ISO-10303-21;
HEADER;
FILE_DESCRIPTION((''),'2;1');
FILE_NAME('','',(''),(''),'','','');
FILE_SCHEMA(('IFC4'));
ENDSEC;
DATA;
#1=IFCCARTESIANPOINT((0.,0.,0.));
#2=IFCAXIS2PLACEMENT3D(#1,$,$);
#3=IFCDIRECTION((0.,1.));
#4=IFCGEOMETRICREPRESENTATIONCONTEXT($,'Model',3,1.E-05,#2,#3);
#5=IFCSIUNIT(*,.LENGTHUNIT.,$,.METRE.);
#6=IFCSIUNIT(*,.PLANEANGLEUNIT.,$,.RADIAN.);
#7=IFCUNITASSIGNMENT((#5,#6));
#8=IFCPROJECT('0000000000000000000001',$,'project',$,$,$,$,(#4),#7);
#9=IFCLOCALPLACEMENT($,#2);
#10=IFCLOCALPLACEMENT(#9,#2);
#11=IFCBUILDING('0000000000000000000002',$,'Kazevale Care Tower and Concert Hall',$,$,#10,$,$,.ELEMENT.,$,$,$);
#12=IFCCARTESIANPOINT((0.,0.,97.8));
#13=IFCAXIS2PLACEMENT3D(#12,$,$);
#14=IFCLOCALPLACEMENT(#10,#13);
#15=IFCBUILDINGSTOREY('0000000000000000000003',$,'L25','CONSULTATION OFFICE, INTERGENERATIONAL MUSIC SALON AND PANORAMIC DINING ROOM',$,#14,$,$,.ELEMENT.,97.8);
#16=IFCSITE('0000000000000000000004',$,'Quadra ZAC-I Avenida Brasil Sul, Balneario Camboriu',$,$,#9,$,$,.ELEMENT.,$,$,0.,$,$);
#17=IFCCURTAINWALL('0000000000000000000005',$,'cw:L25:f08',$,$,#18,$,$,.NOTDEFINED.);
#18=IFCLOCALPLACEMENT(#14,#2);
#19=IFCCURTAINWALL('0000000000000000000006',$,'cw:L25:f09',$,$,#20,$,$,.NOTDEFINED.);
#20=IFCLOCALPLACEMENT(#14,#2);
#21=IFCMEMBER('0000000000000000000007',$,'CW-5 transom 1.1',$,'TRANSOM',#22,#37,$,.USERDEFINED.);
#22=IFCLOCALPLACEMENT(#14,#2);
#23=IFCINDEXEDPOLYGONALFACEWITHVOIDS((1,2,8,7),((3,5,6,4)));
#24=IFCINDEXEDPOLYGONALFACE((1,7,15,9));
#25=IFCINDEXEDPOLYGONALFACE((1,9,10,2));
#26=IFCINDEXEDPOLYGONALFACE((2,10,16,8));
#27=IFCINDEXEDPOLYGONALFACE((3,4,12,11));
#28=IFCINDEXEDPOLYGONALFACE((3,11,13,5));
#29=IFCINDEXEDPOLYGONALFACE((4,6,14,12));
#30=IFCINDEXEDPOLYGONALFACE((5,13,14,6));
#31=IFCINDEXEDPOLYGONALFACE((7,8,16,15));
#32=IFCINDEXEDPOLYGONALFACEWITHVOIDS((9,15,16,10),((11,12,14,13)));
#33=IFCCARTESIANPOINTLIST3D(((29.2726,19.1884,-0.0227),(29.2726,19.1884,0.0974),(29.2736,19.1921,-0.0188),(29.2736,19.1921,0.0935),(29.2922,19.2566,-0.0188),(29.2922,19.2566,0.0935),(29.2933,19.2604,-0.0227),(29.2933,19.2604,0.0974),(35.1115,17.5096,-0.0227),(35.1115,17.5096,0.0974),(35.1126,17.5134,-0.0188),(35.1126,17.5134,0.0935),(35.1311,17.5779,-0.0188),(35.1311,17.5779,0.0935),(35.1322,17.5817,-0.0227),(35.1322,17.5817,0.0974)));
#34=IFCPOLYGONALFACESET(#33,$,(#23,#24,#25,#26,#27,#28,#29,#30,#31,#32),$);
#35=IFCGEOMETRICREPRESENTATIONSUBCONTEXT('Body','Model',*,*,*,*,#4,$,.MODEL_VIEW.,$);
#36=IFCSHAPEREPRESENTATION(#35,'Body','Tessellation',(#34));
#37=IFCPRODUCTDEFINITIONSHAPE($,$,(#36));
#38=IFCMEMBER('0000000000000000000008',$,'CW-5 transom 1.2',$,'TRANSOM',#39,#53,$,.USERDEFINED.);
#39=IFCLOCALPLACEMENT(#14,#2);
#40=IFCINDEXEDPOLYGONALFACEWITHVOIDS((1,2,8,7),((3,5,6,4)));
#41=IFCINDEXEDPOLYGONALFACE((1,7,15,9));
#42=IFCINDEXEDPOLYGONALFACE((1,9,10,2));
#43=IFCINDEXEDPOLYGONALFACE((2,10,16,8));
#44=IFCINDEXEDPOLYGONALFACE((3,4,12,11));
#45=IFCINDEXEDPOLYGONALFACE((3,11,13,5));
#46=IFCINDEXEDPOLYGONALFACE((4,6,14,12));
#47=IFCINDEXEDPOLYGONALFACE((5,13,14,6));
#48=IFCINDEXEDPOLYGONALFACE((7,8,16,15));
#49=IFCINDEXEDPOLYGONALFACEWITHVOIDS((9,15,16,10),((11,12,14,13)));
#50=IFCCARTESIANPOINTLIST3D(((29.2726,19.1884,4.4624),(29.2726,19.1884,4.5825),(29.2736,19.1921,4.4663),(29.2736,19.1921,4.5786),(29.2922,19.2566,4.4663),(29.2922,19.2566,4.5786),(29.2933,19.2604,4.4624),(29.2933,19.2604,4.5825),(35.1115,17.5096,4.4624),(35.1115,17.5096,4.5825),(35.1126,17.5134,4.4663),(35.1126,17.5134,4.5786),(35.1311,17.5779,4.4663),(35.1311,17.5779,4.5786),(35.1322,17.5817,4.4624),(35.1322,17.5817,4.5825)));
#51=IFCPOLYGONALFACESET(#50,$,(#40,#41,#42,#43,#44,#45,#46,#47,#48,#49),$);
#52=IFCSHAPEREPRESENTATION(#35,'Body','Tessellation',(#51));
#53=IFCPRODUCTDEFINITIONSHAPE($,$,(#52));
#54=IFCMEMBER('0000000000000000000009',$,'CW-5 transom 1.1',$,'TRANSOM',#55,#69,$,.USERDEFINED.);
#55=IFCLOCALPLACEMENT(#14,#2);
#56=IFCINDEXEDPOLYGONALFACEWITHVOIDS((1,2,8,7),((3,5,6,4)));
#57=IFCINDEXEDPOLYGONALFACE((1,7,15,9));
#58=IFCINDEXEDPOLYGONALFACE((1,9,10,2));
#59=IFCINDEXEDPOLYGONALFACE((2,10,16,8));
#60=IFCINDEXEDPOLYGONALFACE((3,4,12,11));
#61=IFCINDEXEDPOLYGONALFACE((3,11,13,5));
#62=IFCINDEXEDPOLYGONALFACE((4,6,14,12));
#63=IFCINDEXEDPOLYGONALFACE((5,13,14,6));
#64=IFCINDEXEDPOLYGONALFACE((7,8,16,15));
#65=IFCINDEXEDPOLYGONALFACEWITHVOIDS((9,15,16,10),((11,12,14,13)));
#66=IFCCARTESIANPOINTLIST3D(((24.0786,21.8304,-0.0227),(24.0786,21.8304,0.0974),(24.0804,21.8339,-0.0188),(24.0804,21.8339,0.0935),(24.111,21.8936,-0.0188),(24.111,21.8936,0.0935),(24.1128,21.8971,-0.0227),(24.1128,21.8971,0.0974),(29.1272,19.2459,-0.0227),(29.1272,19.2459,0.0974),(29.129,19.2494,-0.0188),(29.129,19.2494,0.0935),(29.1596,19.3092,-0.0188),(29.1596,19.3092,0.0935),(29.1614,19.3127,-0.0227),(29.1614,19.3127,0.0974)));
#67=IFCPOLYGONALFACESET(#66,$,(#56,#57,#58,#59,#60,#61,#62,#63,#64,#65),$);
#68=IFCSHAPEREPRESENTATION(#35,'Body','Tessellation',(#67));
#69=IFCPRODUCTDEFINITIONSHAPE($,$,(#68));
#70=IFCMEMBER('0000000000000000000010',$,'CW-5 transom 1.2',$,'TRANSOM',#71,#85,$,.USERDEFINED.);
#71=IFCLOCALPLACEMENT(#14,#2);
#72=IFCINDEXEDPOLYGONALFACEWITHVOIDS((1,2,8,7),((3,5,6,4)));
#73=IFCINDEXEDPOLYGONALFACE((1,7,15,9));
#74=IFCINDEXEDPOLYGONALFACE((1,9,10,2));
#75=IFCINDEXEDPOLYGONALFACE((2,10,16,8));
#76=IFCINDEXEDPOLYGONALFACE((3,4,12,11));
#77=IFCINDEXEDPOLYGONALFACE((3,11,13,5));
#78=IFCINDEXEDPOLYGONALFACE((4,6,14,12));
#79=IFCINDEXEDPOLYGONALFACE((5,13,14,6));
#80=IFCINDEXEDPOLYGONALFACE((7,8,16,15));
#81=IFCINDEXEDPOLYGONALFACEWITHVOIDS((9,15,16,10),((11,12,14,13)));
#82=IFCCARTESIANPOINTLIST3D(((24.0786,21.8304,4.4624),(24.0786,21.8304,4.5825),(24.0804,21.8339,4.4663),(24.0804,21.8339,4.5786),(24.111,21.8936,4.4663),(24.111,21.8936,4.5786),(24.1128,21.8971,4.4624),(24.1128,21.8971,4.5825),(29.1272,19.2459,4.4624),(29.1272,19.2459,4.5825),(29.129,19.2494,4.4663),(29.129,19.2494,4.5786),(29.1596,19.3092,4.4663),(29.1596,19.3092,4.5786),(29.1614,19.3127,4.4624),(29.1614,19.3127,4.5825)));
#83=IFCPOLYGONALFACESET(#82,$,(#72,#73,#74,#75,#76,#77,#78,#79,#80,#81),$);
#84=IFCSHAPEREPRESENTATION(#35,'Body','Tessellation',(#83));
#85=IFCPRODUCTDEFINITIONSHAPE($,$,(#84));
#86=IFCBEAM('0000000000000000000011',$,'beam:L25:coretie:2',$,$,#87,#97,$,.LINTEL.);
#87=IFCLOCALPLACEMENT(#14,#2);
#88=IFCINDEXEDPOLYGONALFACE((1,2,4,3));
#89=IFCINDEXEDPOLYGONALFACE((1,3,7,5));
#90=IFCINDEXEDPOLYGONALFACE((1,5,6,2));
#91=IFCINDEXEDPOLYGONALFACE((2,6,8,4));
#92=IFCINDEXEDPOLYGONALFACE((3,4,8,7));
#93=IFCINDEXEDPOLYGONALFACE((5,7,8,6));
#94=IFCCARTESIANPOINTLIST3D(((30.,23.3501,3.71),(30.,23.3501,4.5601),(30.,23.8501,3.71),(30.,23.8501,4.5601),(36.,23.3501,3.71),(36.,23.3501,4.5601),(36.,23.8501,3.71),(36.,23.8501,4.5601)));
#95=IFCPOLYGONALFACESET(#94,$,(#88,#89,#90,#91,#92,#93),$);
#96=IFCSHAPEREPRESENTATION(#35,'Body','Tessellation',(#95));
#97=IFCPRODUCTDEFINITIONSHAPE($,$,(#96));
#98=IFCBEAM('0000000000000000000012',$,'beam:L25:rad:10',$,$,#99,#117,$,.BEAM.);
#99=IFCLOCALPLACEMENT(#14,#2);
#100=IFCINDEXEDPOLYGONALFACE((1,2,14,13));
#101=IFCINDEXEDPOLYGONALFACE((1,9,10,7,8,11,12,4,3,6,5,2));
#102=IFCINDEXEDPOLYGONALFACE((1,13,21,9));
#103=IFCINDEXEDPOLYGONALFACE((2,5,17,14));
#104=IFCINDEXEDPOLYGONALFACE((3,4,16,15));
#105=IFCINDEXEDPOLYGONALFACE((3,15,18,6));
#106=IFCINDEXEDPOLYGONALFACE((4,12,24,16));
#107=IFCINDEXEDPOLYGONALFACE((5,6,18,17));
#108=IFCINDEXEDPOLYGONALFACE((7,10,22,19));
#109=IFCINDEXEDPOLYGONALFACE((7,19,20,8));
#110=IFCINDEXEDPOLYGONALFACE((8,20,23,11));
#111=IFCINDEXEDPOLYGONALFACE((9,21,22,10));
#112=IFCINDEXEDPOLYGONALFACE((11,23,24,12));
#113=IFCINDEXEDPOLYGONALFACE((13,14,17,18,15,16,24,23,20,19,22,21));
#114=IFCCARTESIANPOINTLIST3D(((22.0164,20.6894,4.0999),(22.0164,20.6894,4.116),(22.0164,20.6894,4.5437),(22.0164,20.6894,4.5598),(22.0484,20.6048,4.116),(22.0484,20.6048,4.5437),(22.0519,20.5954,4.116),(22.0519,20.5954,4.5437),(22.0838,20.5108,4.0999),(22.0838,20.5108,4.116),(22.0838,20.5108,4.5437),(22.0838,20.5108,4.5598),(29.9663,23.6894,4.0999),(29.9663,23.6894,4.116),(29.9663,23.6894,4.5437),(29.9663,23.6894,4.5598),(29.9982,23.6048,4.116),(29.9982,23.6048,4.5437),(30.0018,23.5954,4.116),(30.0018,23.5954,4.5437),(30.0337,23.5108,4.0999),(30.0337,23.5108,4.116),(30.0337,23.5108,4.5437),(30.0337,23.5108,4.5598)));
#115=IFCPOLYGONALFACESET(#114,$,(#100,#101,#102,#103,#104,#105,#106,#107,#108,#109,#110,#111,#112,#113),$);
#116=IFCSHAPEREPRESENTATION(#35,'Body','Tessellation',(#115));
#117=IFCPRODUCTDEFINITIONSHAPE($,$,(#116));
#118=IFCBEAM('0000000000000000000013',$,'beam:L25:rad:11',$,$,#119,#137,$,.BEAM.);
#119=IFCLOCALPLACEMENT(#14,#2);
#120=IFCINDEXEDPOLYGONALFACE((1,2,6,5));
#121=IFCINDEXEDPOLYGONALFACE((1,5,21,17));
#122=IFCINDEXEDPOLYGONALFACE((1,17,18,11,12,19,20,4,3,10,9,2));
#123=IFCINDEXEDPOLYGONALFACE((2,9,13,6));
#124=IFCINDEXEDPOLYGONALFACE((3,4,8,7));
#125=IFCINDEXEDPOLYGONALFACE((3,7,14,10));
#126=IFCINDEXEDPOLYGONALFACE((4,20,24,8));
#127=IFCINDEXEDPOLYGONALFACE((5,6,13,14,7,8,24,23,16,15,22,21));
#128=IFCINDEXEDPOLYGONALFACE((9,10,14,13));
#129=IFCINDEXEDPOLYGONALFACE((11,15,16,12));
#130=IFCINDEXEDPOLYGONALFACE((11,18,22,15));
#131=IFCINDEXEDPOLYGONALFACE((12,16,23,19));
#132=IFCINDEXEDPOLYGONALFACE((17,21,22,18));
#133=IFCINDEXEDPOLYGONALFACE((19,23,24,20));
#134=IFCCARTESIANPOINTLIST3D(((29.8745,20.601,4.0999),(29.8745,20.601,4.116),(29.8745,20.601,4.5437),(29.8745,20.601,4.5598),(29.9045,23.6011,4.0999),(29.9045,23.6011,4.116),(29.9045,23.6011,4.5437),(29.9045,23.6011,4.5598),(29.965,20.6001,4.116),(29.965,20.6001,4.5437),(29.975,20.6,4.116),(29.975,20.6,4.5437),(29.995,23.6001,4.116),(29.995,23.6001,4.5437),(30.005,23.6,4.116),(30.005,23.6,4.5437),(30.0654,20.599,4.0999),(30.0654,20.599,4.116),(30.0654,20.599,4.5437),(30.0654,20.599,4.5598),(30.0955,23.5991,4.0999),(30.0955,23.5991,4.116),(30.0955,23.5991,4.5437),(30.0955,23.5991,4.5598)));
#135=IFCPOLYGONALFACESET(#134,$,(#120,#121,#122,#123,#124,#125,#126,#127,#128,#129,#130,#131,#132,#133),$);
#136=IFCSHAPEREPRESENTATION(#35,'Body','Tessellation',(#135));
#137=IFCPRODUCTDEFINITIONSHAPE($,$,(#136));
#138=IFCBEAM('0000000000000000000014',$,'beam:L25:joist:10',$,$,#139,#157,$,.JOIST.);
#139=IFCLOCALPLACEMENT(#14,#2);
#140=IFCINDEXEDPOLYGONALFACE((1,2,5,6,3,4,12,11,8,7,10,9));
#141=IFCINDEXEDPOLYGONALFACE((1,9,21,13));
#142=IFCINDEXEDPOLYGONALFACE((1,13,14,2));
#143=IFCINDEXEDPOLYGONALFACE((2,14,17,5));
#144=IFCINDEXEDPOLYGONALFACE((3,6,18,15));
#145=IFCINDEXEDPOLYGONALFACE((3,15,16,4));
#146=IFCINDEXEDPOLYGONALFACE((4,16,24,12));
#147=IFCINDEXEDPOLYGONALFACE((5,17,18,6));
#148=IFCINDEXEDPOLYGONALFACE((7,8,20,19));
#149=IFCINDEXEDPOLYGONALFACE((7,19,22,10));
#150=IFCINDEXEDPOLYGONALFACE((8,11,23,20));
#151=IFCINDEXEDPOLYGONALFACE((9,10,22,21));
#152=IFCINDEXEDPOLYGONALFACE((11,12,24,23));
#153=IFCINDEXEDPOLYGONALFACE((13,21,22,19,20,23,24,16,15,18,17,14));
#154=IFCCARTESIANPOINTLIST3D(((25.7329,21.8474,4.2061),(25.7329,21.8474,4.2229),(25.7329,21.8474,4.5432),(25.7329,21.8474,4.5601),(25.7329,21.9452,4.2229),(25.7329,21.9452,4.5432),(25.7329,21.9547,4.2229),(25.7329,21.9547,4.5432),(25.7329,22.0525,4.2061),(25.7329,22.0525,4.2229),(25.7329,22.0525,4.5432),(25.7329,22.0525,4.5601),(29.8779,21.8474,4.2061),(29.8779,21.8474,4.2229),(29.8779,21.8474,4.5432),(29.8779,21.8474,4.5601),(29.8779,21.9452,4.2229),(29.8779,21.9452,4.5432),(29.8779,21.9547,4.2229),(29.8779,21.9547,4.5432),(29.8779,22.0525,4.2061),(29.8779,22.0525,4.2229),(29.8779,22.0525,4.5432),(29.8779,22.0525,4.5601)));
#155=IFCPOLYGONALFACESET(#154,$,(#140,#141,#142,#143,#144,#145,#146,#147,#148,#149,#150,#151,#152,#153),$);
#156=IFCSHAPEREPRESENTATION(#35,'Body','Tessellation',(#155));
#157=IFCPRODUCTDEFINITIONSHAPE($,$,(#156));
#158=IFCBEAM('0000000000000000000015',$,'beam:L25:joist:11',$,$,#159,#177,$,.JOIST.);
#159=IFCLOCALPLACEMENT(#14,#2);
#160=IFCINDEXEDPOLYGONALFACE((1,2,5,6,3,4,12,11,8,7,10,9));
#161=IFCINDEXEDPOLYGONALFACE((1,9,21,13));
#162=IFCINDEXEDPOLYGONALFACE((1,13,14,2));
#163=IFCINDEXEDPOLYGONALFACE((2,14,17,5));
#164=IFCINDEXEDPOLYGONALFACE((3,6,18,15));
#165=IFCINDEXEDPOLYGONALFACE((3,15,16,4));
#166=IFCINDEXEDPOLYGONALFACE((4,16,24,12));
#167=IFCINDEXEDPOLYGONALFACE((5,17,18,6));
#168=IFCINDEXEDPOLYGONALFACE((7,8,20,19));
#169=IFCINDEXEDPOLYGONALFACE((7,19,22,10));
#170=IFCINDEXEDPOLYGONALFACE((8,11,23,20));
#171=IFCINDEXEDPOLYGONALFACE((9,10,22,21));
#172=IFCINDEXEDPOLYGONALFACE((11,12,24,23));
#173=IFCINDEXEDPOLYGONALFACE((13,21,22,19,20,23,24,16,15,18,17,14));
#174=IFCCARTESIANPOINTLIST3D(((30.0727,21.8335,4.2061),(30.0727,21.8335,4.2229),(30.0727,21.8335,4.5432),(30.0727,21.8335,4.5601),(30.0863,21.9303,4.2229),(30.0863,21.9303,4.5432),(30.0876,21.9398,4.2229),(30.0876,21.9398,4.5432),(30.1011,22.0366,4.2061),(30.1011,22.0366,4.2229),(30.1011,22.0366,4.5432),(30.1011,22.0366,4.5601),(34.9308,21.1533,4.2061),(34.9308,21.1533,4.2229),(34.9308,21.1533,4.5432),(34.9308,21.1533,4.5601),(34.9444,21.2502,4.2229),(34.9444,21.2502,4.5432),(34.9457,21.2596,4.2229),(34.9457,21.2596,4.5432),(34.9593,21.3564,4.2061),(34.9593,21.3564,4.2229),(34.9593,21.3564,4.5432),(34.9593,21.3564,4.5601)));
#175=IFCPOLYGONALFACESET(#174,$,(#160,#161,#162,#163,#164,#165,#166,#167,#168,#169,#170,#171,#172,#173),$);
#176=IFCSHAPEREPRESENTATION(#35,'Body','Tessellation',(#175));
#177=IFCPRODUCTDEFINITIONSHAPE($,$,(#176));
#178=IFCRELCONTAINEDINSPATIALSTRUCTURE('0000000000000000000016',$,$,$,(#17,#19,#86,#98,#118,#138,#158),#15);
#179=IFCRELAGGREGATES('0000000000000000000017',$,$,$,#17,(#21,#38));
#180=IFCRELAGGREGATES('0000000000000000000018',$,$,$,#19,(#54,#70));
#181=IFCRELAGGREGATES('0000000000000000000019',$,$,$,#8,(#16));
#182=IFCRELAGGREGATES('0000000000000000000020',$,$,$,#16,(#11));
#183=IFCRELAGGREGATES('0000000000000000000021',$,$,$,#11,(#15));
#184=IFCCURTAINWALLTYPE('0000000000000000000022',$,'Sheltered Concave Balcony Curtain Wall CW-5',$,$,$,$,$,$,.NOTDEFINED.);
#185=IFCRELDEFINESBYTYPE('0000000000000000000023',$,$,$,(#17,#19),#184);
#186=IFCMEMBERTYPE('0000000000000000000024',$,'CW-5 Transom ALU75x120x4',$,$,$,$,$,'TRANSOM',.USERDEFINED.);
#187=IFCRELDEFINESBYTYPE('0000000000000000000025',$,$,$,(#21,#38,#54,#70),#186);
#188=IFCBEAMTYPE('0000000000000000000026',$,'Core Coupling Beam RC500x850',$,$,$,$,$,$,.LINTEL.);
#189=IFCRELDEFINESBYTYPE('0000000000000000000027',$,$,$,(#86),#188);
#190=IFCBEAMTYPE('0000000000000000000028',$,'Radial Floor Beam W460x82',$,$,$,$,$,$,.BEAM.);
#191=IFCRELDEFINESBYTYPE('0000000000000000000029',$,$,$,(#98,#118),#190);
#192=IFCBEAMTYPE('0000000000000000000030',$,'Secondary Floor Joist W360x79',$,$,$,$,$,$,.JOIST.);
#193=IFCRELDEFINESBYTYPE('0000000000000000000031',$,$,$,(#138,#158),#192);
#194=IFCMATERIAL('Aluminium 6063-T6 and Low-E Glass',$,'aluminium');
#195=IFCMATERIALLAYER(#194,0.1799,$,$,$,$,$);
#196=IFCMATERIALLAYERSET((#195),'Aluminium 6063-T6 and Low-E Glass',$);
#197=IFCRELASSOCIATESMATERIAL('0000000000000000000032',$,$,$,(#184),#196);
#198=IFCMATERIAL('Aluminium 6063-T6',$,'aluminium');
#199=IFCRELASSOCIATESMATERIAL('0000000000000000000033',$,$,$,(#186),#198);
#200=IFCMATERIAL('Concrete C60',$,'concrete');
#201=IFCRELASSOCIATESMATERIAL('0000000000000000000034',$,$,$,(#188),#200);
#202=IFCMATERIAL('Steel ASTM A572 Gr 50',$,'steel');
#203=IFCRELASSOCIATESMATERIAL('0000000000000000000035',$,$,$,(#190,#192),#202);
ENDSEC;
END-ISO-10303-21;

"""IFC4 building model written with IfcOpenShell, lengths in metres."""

from ifc_helpers import new_model, si_unit, direction, frame, origin, origin_2d, place, context, subcontext, project, spatial, rectangle, hollow_rectangle, i_section, extrude, material, layer, layer_set, material_profile, profile_set, type_object, element, aggregate, save


model = new_model("IFC4")

# Units and contexts
model_context = context("Model", 3, precision=1e-05, world=origin(), true_north=direction((0.0, 1.0)))
body_context = subcontext(model_context, "Body", "Model", "MODEL_VIEW")
ifc_project = project(units=[si_unit("LENGTHUNIT", "METRE"), si_unit("PLANEANGLEUNIT", "RADIAN")], contexts=[model_context])

# Site, building, storey
site_placement = place(None, origin())
site = spatial("IfcSite", under=ifc_project, at=site_placement, Name="Quadra ZAC-I Avenida Brasil Sul, Balneario Camboriu", CompositionType="ELEMENT", RefElevation=0.0)
building_placement = place(site_placement, origin())
building = spatial("IfcBuilding", under=site, at=building_placement, Name="Kazevale Care Tower and Concert Hall", CompositionType="ELEMENT")
storey_placement = place(building_placement, frame((0.0, 0.0, 97.8)))
storey = spatial("IfcBuildingStorey", under=building, at=storey_placement, Name="L25", Description="CONSULTATION OFFICE, INTERGENERATIONAL MUSIC SALON AND PANORAMIC DINING ROOM", CompositionType="ELEMENT", Elevation=97.8)

# Shared definitions
ifc_material_1 = material(Name="Concrete C60", Category="concrete")

# Shared definitions
ifc_material_2 = material(Name="Aluminium 6063-T6 and Low-E Glass", Category="aluminium")
ifc_layer_1 = layer(ifc_material_2, 0.1799)
ifc_layer_set_1 = layer_set([ifc_layer_1], Name="Aluminium 6063-T6 and Low-E Glass")
curtain_wall_type = type_object("IfcCurtainWallType", Name="Sheltered Concave Balcony Curtain Wall CW-5", PredefinedType="NOTDEFINED", material=ifc_layer_set_1)
ifc_material_3 = material(Name="Aluminium 6063-T6", Category="aluminium")

# Curtain wall
curtain_wall_1_placement = place(storey_placement, origin())
curtain_wall_1 = element("IfcCurtainWall", 1, at=curtain_wall_1_placement, inside=storey, type_object=curtain_wall_type, Name="cw:L25:f08", PredefinedType="NOTDEFINED")

# Curtain wall
curtain_wall_2_placement = place(storey_placement, origin())
curtain_wall_2 = element("IfcCurtainWall", 2, at=curtain_wall_2_placement, inside=storey, type_object=curtain_wall_type, Name="cw:L25:f09", PredefinedType="NOTDEFINED")

# Members
ifc_material_profile_1 = material_profile(ifc_material_3, hollow_rectangle(XDim=0.075, YDim=0.1201, WallThickness=0.0039, at=origin_2d()), Name="ALU75x120x4")
ifc_profile_set_1 = profile_set([ifc_material_profile_1], Name="Aluminium 6063-T6")
member_type_1 = type_object("IfcMemberType", Name="CW-5 Transom ALU75x120x4", ElementType="TRANSOM", PredefinedType="USERDEFINED", material=ifc_profile_set_1)
member_1_placement = place(storey_placement, frame((35.1218, 17.5457, 0.0374), z_axis=(-0.961068, 0.276313, 0.0), x_axis=(-0.276313, -0.961068, 0.0)))
member_1 = element("IfcMember", 3, at=member_1_placement, type_object=member_type_1, Name="CW-5 transom 1.1", ObjectType="TRANSOM", PredefinedType="USERDEFINED", context=body_context, shape_type="SweptSolid", body=[
    extrude(hollow_rectangle(XDim=0.075, YDim=0.1201, WallThickness=0.0039, at=origin_2d()), origin(), (0.0, 0.0, 1.0), 6.0754),
])
member_2_placement = place(storey_placement, frame((35.1218, 17.5457, 4.5225), z_axis=(-0.961068, 0.276313, 0.0), x_axis=(-0.276313, -0.961068, 0.0)))
member_2 = element("IfcMember", 4, at=member_2_placement, type_object=member_type_1, Name="CW-5 transom 1.2", ObjectType="TRANSOM", PredefinedType="USERDEFINED", context=body_context, shape_type="SweptSolid", body=[
    extrude(hollow_rectangle(XDim=0.075, YDim=0.1201, WallThickness=0.0039, at=origin_2d()), origin(), (0.0, 0.0, 1.0), 6.0754),
])
member_3_placement = place(storey_placement, frame((29.1443, 19.2793, 0.0374), z_axis=(-0.890143, 0.455682, 0.0), x_axis=(-0.455682, -0.890143, 0.0)))
member_3 = element("IfcMember", 5, at=member_3_placement, type_object=member_type_1, Name="CW-5 transom 1.1", ObjectType="TRANSOM", PredefinedType="USERDEFINED", context=body_context, shape_type="SweptSolid", body=[
    extrude(hollow_rectangle(XDim=0.075, YDim=0.1201, WallThickness=0.0039, at=origin_2d()), origin(), (0.0, 0.0, 1.0), 5.6716),
])
member_4_placement = place(storey_placement, frame((29.1443, 19.2793, 4.5225), z_axis=(-0.890143, 0.455682, 0.0), x_axis=(-0.455682, -0.890143, 0.0)))
member_4 = element("IfcMember", 6, at=member_4_placement, type_object=member_type_1, Name="CW-5 transom 1.2", ObjectType="TRANSOM", PredefinedType="USERDEFINED", context=body_context, shape_type="SweptSolid", body=[
    extrude(hollow_rectangle(XDim=0.075, YDim=0.1201, WallThickness=0.0039, at=origin_2d()), origin(), (0.0, 0.0, 1.0), 5.6716),
])

# Beams
ifc_material_profile_2 = material_profile(ifc_material_1, rectangle(XDim=0.5, YDim=0.8501, at=origin_2d()), Name="RC-B500x850")
ifc_profile_set_2 = profile_set([ifc_material_profile_2], Name="Concrete C60")
beam_type_1 = type_object("IfcBeamType", Name="Core Coupling Beam RC500x850", PredefinedType="LINTEL", material=ifc_profile_set_2)
beam_1_placement = place(storey_placement, frame((30.0, 23.6001, 4.135), z_axis=(1.0, 0.0, 0.0), x_axis=(0.0, 1.0, 0.0)))
element("IfcBeam", 7, at=beam_1_placement, inside=storey, type_object=beam_type_1, Name="beam:L25:coretie:2", PredefinedType="LINTEL", context=body_context, shape_type="SweptSolid", body=[
    extrude(rectangle(XDim=0.5, YDim=0.8501, at=origin_2d()), origin(), (0.0, 0.0, 1.0), 6.0),
])
ifc_material_4 = material(Name="Steel ASTM A572 Gr 50", Category="steel")
ifc_material_profile_3 = material_profile(ifc_material_4, i_section(OverallWidth=0.1909, OverallDepth=0.46, WebThickness=0.01, FlangeThickness=0.0161, at=origin_2d()), Name="W460x82")
ifc_profile_set_3 = profile_set([ifc_material_profile_3], Name="Steel ASTM A572 Gr 50")
beam_type_2 = type_object("IfcBeamType", Name="Radial Floor Beam W460x82", PredefinedType="BEAM", material=ifc_profile_set_3)
beam_2_placement = place(storey_placement, frame((30.0, 23.6001, 4.3298), z_axis=(-0.935601, -0.353059, 0.0), x_axis=(0.353059, -0.935601, 0.0)))
element("IfcBeam", 8, at=beam_2_placement, inside=storey, type_object=beam_type_2, Name="beam:L25:rad:10", PredefinedType="BEAM", context=body_context, shape_type="SweptSolid", body=[
    extrude(i_section(OverallWidth=0.1909, OverallDepth=0.46, WebThickness=0.01, FlangeThickness=0.0161, at=origin_2d()), origin(), (0.0, 0.0, 1.0), 8.4971),
])
beam_3_placement = place(storey_placement, frame((30.0, 23.6001, 4.3298), z_axis=(-0.010009, -0.99995, 0.0), x_axis=(0.99995, -0.010009, 0.0)))
element("IfcBeam", 9, at=beam_3_placement, inside=storey, type_object=beam_type_2, Name="beam:L25:rad:11", PredefinedType="BEAM", context=body_context, shape_type="SweptSolid", body=[
    extrude(i_section(OverallWidth=0.1909, OverallDepth=0.46, WebThickness=0.01, FlangeThickness=0.0161, at=origin_2d()), origin(), (0.0, 0.0, 1.0), 3.0002),
])
ifc_material_profile_4 = material_profile(ifc_material_4, i_section(OverallWidth=0.2051, OverallDepth=0.354, WebThickness=0.0095, FlangeThickness=0.0168, at=origin_2d()), Name="W360x79")
ifc_profile_set_4 = profile_set([ifc_material_profile_4], Name="Steel ASTM A572 Gr 50")
beam_type_3 = type_object("IfcBeamType", Name="Secondary Floor Joist W360x79", PredefinedType="JOIST", material=ifc_profile_set_4)
beam_4_placement = place(storey_placement, frame((25.7329, 21.95, 4.3831), z_axis=(1.0, 0.0, 0.0), x_axis=(0.0, 1.0, 0.0)))
element("IfcBeam", 10, at=beam_4_placement, inside=storey, type_object=beam_type_3, Name="beam:L25:joist:10", PredefinedType="JOIST", context=body_context, shape_type="SweptSolid", body=[
    extrude(i_section(OverallWidth=0.2051, OverallDepth=0.354, WebThickness=0.0095, FlangeThickness=0.0168, at=origin_2d()), origin(), (0.0, 0.0, 1.0), 4.145),
])
beam_5_placement = place(storey_placement, frame((30.0869, 21.9351, 4.3831), z_axis=(0.990341, -0.138655, 0.0), x_axis=(0.138655, 0.990341, 0.0)))
element("IfcBeam", 11, at=beam_5_placement, inside=storey, type_object=beam_type_3, Name="beam:L25:joist:11", PredefinedType="JOIST", context=body_context, shape_type="SweptSolid", body=[
    extrude(i_section(OverallWidth=0.2051, OverallDepth=0.354, WebThickness=0.0095, FlangeThickness=0.0168, at=origin_2d()), origin(), (0.0, 0.0, 1.0), 4.9055),
])

aggregate(curtain_wall_1, [member_1, member_2])
aggregate(curtain_wall_2, [member_3, member_4])

save(model, "model.ifc")
